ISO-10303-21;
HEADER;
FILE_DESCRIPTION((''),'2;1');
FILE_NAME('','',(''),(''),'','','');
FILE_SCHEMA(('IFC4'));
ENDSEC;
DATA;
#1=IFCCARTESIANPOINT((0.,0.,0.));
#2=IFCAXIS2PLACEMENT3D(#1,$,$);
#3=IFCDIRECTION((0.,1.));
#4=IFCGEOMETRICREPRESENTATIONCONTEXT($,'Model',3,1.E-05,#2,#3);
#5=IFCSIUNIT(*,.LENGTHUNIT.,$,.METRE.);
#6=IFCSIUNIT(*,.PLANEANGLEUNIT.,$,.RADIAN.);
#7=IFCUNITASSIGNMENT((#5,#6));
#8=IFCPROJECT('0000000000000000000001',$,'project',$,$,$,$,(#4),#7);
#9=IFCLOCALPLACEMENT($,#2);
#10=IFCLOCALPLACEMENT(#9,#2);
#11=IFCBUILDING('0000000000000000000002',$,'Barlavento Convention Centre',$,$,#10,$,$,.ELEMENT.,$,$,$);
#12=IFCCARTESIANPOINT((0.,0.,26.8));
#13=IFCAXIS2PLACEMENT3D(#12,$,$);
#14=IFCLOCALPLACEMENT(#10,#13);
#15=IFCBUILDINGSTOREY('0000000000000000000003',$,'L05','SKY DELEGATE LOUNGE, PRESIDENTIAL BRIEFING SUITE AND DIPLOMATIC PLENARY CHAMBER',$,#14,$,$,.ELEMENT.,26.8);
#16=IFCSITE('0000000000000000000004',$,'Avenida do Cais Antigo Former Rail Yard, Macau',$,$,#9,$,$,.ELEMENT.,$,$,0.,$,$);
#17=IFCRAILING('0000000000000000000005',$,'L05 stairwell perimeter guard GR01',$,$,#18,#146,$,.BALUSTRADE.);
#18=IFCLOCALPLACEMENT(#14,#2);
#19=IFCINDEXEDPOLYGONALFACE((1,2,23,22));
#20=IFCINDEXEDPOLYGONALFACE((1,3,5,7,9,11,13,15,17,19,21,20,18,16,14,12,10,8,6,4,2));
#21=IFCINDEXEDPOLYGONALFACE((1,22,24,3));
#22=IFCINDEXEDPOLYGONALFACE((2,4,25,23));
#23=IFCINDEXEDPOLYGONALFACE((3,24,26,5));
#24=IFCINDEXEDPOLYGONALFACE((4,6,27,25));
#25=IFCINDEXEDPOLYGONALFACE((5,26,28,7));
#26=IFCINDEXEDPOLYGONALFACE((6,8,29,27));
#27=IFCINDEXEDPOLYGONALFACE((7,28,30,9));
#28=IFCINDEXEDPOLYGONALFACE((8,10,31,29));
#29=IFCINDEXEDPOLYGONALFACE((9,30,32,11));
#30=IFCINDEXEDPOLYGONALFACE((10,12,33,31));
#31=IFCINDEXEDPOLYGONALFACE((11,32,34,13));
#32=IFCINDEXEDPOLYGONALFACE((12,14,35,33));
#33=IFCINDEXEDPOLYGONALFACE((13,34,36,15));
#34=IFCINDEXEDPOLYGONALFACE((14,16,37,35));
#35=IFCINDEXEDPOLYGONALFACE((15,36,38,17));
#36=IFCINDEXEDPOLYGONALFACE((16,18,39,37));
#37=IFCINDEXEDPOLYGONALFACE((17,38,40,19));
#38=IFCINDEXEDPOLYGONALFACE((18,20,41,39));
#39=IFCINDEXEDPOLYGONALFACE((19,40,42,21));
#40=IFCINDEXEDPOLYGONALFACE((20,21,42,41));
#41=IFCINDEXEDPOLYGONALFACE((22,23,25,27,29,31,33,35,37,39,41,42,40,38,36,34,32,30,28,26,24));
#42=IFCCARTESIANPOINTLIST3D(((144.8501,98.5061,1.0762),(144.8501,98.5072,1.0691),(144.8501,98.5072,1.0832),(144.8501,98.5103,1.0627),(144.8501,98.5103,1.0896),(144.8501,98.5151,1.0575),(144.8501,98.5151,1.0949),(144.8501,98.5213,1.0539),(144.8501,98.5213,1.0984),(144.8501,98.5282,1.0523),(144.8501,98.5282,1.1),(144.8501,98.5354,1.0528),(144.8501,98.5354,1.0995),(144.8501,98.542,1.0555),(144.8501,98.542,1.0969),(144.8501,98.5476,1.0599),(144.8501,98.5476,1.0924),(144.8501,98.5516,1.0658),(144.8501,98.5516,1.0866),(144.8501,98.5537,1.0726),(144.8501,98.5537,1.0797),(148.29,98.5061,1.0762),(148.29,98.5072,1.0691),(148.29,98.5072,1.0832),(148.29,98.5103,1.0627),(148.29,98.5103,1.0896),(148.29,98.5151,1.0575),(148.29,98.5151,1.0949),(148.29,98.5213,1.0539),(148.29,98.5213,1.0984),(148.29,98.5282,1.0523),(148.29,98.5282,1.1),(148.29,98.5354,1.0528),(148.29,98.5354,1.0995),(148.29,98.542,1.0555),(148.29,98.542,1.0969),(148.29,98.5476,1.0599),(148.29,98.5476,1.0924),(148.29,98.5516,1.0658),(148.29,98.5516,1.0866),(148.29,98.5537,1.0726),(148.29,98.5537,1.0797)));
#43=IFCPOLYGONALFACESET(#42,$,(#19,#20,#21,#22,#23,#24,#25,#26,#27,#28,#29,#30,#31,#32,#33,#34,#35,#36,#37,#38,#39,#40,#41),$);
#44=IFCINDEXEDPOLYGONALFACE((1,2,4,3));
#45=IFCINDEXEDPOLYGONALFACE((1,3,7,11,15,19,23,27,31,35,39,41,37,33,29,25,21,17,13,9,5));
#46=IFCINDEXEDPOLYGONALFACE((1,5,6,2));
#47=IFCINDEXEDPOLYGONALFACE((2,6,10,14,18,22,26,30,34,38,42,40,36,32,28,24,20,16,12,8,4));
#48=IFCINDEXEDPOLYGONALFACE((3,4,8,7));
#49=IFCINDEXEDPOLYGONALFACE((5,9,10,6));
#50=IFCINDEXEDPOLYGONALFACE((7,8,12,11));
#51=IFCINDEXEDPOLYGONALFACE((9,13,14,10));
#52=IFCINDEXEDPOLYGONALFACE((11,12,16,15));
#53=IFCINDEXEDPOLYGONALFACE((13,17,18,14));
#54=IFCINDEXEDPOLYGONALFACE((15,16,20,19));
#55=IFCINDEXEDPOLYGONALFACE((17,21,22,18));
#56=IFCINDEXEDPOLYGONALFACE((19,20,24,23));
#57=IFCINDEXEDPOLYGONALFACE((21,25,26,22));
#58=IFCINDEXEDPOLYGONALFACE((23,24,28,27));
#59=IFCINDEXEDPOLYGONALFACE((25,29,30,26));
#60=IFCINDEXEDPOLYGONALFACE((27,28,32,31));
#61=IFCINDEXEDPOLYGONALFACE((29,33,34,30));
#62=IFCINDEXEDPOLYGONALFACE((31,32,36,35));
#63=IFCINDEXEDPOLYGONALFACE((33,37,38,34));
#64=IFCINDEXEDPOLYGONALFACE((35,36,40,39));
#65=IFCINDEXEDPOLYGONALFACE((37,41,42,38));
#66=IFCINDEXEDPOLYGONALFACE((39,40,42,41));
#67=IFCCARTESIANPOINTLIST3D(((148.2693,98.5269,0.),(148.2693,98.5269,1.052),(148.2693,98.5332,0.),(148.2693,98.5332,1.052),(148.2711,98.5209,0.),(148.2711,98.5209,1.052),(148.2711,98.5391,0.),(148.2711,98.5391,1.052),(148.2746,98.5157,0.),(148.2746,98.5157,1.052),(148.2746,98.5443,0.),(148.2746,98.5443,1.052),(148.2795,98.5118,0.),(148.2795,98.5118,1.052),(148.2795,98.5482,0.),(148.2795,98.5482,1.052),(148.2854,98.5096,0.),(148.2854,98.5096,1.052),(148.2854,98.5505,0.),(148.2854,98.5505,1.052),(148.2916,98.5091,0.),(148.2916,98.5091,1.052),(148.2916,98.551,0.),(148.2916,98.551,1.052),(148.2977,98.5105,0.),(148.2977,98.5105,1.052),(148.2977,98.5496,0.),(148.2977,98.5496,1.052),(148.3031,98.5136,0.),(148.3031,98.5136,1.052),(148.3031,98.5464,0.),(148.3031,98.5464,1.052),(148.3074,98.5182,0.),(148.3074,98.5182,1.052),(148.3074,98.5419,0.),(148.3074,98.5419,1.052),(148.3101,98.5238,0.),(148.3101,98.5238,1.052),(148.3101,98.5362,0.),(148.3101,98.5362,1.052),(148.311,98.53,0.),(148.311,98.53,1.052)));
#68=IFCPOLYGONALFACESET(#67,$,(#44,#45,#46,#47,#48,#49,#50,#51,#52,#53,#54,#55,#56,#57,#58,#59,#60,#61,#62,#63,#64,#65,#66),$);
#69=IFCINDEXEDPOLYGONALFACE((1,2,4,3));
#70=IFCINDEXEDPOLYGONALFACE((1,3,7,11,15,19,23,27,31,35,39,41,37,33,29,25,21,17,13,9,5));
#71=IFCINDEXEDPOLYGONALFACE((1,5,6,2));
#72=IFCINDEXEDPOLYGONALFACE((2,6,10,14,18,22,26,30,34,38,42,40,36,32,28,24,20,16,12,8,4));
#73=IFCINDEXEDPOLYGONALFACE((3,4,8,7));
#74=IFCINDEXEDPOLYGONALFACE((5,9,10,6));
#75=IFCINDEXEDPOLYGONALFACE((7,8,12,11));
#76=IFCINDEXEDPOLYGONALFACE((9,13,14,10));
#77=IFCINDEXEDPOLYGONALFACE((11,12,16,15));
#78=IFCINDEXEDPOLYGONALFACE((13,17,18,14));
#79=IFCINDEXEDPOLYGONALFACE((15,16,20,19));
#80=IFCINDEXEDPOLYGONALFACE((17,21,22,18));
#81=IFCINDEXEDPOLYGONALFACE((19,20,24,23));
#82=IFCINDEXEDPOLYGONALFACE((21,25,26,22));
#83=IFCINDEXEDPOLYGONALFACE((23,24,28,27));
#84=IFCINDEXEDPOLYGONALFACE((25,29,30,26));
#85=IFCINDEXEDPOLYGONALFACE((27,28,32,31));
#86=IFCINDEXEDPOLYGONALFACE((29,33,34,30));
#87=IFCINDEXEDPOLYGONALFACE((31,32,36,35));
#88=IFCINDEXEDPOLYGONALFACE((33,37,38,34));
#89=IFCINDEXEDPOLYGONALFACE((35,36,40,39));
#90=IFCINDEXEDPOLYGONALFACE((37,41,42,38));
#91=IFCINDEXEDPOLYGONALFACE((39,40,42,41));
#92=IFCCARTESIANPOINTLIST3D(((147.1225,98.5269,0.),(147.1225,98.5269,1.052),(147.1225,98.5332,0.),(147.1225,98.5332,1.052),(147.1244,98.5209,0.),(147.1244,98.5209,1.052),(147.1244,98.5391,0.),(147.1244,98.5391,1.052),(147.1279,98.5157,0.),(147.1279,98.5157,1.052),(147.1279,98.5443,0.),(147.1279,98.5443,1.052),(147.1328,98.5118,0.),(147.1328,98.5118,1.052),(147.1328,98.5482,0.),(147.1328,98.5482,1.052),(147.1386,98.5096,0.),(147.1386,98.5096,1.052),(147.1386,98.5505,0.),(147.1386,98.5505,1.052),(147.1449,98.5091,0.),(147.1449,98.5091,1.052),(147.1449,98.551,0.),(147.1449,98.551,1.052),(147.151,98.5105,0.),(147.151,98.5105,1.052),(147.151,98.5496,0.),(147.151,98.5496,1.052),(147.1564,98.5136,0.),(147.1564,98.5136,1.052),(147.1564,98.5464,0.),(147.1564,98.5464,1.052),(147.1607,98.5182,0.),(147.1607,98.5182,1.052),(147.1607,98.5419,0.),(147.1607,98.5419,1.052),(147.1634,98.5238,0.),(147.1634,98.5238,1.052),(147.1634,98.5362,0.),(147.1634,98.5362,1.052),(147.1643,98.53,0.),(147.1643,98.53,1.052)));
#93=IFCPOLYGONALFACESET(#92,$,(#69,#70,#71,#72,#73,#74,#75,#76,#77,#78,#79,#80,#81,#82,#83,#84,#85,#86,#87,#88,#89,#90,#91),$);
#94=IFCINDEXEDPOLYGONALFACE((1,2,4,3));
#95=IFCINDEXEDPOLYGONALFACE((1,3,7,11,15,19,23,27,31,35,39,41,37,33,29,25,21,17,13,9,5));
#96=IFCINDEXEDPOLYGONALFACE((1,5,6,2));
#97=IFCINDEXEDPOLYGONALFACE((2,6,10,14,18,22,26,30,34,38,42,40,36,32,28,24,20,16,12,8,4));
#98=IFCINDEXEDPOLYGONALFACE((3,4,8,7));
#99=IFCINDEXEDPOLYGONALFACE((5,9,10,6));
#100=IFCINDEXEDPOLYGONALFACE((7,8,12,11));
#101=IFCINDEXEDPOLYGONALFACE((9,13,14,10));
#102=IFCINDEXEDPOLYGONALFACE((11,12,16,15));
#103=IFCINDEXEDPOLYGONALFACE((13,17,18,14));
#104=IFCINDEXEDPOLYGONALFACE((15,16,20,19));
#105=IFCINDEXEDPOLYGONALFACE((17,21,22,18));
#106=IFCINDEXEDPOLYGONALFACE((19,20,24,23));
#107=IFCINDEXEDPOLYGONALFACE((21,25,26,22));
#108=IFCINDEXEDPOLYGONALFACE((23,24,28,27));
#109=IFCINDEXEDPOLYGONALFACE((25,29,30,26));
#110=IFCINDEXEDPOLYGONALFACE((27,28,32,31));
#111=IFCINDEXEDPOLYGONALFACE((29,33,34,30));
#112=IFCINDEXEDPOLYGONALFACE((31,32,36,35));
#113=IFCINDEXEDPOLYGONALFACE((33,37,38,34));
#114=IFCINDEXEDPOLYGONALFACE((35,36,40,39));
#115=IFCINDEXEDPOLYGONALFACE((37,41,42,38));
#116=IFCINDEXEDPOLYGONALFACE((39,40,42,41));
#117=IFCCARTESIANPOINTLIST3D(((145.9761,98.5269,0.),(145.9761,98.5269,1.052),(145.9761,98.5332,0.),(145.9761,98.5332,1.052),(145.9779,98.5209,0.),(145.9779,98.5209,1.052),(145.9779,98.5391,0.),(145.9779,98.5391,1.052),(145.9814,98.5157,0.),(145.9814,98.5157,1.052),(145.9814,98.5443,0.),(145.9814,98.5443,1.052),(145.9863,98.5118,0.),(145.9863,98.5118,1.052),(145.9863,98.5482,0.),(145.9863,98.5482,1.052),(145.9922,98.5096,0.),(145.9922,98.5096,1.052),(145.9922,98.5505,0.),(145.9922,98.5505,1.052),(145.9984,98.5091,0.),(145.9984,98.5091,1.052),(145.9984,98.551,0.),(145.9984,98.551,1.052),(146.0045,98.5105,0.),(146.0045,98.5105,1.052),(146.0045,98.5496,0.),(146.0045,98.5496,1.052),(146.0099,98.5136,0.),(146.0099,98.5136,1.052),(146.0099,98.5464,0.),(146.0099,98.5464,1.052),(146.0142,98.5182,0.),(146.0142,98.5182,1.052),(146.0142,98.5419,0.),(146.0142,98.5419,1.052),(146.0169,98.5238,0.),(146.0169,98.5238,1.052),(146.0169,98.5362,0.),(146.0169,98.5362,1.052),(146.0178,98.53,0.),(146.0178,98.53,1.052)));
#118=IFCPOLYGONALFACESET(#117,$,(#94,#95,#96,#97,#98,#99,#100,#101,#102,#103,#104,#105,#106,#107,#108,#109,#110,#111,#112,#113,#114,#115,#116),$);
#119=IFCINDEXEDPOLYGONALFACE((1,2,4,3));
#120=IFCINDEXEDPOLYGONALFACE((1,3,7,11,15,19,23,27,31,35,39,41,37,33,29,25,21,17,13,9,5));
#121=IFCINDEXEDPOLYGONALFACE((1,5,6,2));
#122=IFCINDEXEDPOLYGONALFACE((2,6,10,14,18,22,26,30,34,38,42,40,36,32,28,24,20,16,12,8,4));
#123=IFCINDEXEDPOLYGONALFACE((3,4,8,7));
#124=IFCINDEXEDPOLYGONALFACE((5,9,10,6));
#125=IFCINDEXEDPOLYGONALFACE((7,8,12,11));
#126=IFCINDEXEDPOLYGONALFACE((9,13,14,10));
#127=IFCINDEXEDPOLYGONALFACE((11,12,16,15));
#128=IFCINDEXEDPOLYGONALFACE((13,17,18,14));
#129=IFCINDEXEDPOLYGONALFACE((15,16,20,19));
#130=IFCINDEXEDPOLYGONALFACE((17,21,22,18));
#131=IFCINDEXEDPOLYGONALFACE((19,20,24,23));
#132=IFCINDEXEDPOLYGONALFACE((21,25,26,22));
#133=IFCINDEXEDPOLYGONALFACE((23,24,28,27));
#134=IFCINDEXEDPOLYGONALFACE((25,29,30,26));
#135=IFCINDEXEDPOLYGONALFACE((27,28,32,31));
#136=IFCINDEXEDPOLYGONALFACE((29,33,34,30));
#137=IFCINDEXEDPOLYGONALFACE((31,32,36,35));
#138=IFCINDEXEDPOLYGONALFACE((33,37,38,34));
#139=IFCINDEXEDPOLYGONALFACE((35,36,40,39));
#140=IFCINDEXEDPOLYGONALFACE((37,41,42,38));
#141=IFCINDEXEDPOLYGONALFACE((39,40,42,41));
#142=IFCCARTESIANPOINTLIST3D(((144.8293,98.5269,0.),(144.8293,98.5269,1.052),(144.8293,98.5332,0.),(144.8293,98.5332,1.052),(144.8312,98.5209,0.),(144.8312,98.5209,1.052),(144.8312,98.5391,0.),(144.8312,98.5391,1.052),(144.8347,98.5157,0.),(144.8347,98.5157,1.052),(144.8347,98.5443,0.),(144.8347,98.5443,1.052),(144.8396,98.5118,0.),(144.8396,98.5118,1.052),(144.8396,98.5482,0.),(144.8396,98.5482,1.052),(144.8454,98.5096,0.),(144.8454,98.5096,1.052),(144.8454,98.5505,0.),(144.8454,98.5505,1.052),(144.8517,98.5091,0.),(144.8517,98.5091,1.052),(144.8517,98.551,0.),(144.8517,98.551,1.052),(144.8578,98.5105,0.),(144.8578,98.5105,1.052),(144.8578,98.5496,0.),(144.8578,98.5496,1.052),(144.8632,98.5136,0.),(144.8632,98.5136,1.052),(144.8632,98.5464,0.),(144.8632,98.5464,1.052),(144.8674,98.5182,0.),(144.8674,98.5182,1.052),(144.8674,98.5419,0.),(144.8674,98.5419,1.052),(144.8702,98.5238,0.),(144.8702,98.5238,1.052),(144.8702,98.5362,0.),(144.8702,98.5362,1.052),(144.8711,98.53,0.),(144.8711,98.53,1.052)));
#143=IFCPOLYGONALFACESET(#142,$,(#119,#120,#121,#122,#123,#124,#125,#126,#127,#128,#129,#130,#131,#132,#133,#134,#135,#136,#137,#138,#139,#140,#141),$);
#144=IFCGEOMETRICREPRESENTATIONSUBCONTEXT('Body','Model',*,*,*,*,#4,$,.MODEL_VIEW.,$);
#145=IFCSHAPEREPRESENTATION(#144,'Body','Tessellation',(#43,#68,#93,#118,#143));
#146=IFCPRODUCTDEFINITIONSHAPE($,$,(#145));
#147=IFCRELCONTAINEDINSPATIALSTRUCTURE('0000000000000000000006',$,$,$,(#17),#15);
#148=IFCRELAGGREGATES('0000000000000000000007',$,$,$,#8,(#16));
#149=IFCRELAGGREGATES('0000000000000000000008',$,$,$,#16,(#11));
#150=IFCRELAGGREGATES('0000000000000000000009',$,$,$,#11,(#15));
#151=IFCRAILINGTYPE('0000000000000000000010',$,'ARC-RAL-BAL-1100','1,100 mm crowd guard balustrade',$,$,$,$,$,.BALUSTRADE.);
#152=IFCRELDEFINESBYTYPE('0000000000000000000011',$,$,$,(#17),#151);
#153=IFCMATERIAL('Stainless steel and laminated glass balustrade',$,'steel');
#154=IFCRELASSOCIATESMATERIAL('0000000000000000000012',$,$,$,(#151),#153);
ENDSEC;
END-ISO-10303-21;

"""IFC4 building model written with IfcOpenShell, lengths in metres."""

from ifc_helpers import new_model, si_unit, direction, frame, origin, origin_2d, place, context, subcontext, project, spatial, circle, extrude, material, type_object, element, save


model = new_model("IFC4")

# Units and contexts
model_context = context("Model", 3, precision=1e-05, world=origin(), true_north=direction((0.0, 1.0)))
body_context = subcontext(model_context, "Body", "Model", "MODEL_VIEW")
ifc_project = project(units=[si_unit("LENGTHUNIT", "METRE"), si_unit("PLANEANGLEUNIT", "RADIAN")], contexts=[model_context])

# Site, building, storey
site_placement = place(None, origin())
site = spatial("IfcSite", under=ifc_project, at=site_placement, Name="Avenida do Cais Antigo Former Rail Yard, Macau", CompositionType="ELEMENT", RefElevation=0.0)
building_placement = place(site_placement, origin())
building = spatial("IfcBuilding", under=site, at=building_placement, Name="Barlavento Convention Centre", CompositionType="ELEMENT")
storey_placement = place(building_placement, frame((0.0, 0.0, 26.8)))
storey = spatial("IfcBuildingStorey", under=building, at=storey_placement, Name="L05", Description="SKY DELEGATE LOUNGE, PRESIDENTIAL BRIEFING SUITE AND DIPLOMATIC PLENARY CHAMBER", CompositionType="ELEMENT", Elevation=26.8)

# Railing
ifc_material_1 = material(Name="Stainless steel and laminated glass balustrade", Category="steel")
railing_type = type_object("IfcRailingType", Name="ARC-RAL-BAL-1100", Description="1,100 mm crowd guard balustrade", PredefinedType="BALUSTRADE", material=ifc_material_1)
railing_1_placement = place(storey_placement, frame((148.29, 98.53, 0.0)))
element("IfcRailing", 1, at=railing_1_placement, inside=storey, type_object=railing_type, Name="L05 stairwell perimeter guard GR01", PredefinedType="BALUSTRADE", context=body_context, shape_type="SweptSolid", body=[
    extrude(circle(Radius=0.0239, at=origin_2d()), frame((0.0, 0.0, 1.0762), z_axis=(-1.0, 0.0, 0.0), x_axis=(0.0, -1.0, 0.0)), (0.0, 0.0, 1.0), 3.4399),
    extrude(circle(Radius=0.021, at=origin_2d()), origin(), (0.0, 0.0, 1.0), 1.052),
    extrude(circle(Radius=0.021, at=origin_2d()), frame((-1.1467, 0.0, 0.0)), (0.0, 0.0, 1.0), 1.052),
    extrude(circle(Radius=0.021, at=origin_2d()), frame((-2.2932, 0.0, 0.0)), (0.0, 0.0, 1.0), 1.052),
    extrude(circle(Radius=0.021, at=origin_2d()), frame((-3.4399, 0.0, 0.0)), (0.0, 0.0, 1.0), 1.052),
])

save(model, "model.ifc")
